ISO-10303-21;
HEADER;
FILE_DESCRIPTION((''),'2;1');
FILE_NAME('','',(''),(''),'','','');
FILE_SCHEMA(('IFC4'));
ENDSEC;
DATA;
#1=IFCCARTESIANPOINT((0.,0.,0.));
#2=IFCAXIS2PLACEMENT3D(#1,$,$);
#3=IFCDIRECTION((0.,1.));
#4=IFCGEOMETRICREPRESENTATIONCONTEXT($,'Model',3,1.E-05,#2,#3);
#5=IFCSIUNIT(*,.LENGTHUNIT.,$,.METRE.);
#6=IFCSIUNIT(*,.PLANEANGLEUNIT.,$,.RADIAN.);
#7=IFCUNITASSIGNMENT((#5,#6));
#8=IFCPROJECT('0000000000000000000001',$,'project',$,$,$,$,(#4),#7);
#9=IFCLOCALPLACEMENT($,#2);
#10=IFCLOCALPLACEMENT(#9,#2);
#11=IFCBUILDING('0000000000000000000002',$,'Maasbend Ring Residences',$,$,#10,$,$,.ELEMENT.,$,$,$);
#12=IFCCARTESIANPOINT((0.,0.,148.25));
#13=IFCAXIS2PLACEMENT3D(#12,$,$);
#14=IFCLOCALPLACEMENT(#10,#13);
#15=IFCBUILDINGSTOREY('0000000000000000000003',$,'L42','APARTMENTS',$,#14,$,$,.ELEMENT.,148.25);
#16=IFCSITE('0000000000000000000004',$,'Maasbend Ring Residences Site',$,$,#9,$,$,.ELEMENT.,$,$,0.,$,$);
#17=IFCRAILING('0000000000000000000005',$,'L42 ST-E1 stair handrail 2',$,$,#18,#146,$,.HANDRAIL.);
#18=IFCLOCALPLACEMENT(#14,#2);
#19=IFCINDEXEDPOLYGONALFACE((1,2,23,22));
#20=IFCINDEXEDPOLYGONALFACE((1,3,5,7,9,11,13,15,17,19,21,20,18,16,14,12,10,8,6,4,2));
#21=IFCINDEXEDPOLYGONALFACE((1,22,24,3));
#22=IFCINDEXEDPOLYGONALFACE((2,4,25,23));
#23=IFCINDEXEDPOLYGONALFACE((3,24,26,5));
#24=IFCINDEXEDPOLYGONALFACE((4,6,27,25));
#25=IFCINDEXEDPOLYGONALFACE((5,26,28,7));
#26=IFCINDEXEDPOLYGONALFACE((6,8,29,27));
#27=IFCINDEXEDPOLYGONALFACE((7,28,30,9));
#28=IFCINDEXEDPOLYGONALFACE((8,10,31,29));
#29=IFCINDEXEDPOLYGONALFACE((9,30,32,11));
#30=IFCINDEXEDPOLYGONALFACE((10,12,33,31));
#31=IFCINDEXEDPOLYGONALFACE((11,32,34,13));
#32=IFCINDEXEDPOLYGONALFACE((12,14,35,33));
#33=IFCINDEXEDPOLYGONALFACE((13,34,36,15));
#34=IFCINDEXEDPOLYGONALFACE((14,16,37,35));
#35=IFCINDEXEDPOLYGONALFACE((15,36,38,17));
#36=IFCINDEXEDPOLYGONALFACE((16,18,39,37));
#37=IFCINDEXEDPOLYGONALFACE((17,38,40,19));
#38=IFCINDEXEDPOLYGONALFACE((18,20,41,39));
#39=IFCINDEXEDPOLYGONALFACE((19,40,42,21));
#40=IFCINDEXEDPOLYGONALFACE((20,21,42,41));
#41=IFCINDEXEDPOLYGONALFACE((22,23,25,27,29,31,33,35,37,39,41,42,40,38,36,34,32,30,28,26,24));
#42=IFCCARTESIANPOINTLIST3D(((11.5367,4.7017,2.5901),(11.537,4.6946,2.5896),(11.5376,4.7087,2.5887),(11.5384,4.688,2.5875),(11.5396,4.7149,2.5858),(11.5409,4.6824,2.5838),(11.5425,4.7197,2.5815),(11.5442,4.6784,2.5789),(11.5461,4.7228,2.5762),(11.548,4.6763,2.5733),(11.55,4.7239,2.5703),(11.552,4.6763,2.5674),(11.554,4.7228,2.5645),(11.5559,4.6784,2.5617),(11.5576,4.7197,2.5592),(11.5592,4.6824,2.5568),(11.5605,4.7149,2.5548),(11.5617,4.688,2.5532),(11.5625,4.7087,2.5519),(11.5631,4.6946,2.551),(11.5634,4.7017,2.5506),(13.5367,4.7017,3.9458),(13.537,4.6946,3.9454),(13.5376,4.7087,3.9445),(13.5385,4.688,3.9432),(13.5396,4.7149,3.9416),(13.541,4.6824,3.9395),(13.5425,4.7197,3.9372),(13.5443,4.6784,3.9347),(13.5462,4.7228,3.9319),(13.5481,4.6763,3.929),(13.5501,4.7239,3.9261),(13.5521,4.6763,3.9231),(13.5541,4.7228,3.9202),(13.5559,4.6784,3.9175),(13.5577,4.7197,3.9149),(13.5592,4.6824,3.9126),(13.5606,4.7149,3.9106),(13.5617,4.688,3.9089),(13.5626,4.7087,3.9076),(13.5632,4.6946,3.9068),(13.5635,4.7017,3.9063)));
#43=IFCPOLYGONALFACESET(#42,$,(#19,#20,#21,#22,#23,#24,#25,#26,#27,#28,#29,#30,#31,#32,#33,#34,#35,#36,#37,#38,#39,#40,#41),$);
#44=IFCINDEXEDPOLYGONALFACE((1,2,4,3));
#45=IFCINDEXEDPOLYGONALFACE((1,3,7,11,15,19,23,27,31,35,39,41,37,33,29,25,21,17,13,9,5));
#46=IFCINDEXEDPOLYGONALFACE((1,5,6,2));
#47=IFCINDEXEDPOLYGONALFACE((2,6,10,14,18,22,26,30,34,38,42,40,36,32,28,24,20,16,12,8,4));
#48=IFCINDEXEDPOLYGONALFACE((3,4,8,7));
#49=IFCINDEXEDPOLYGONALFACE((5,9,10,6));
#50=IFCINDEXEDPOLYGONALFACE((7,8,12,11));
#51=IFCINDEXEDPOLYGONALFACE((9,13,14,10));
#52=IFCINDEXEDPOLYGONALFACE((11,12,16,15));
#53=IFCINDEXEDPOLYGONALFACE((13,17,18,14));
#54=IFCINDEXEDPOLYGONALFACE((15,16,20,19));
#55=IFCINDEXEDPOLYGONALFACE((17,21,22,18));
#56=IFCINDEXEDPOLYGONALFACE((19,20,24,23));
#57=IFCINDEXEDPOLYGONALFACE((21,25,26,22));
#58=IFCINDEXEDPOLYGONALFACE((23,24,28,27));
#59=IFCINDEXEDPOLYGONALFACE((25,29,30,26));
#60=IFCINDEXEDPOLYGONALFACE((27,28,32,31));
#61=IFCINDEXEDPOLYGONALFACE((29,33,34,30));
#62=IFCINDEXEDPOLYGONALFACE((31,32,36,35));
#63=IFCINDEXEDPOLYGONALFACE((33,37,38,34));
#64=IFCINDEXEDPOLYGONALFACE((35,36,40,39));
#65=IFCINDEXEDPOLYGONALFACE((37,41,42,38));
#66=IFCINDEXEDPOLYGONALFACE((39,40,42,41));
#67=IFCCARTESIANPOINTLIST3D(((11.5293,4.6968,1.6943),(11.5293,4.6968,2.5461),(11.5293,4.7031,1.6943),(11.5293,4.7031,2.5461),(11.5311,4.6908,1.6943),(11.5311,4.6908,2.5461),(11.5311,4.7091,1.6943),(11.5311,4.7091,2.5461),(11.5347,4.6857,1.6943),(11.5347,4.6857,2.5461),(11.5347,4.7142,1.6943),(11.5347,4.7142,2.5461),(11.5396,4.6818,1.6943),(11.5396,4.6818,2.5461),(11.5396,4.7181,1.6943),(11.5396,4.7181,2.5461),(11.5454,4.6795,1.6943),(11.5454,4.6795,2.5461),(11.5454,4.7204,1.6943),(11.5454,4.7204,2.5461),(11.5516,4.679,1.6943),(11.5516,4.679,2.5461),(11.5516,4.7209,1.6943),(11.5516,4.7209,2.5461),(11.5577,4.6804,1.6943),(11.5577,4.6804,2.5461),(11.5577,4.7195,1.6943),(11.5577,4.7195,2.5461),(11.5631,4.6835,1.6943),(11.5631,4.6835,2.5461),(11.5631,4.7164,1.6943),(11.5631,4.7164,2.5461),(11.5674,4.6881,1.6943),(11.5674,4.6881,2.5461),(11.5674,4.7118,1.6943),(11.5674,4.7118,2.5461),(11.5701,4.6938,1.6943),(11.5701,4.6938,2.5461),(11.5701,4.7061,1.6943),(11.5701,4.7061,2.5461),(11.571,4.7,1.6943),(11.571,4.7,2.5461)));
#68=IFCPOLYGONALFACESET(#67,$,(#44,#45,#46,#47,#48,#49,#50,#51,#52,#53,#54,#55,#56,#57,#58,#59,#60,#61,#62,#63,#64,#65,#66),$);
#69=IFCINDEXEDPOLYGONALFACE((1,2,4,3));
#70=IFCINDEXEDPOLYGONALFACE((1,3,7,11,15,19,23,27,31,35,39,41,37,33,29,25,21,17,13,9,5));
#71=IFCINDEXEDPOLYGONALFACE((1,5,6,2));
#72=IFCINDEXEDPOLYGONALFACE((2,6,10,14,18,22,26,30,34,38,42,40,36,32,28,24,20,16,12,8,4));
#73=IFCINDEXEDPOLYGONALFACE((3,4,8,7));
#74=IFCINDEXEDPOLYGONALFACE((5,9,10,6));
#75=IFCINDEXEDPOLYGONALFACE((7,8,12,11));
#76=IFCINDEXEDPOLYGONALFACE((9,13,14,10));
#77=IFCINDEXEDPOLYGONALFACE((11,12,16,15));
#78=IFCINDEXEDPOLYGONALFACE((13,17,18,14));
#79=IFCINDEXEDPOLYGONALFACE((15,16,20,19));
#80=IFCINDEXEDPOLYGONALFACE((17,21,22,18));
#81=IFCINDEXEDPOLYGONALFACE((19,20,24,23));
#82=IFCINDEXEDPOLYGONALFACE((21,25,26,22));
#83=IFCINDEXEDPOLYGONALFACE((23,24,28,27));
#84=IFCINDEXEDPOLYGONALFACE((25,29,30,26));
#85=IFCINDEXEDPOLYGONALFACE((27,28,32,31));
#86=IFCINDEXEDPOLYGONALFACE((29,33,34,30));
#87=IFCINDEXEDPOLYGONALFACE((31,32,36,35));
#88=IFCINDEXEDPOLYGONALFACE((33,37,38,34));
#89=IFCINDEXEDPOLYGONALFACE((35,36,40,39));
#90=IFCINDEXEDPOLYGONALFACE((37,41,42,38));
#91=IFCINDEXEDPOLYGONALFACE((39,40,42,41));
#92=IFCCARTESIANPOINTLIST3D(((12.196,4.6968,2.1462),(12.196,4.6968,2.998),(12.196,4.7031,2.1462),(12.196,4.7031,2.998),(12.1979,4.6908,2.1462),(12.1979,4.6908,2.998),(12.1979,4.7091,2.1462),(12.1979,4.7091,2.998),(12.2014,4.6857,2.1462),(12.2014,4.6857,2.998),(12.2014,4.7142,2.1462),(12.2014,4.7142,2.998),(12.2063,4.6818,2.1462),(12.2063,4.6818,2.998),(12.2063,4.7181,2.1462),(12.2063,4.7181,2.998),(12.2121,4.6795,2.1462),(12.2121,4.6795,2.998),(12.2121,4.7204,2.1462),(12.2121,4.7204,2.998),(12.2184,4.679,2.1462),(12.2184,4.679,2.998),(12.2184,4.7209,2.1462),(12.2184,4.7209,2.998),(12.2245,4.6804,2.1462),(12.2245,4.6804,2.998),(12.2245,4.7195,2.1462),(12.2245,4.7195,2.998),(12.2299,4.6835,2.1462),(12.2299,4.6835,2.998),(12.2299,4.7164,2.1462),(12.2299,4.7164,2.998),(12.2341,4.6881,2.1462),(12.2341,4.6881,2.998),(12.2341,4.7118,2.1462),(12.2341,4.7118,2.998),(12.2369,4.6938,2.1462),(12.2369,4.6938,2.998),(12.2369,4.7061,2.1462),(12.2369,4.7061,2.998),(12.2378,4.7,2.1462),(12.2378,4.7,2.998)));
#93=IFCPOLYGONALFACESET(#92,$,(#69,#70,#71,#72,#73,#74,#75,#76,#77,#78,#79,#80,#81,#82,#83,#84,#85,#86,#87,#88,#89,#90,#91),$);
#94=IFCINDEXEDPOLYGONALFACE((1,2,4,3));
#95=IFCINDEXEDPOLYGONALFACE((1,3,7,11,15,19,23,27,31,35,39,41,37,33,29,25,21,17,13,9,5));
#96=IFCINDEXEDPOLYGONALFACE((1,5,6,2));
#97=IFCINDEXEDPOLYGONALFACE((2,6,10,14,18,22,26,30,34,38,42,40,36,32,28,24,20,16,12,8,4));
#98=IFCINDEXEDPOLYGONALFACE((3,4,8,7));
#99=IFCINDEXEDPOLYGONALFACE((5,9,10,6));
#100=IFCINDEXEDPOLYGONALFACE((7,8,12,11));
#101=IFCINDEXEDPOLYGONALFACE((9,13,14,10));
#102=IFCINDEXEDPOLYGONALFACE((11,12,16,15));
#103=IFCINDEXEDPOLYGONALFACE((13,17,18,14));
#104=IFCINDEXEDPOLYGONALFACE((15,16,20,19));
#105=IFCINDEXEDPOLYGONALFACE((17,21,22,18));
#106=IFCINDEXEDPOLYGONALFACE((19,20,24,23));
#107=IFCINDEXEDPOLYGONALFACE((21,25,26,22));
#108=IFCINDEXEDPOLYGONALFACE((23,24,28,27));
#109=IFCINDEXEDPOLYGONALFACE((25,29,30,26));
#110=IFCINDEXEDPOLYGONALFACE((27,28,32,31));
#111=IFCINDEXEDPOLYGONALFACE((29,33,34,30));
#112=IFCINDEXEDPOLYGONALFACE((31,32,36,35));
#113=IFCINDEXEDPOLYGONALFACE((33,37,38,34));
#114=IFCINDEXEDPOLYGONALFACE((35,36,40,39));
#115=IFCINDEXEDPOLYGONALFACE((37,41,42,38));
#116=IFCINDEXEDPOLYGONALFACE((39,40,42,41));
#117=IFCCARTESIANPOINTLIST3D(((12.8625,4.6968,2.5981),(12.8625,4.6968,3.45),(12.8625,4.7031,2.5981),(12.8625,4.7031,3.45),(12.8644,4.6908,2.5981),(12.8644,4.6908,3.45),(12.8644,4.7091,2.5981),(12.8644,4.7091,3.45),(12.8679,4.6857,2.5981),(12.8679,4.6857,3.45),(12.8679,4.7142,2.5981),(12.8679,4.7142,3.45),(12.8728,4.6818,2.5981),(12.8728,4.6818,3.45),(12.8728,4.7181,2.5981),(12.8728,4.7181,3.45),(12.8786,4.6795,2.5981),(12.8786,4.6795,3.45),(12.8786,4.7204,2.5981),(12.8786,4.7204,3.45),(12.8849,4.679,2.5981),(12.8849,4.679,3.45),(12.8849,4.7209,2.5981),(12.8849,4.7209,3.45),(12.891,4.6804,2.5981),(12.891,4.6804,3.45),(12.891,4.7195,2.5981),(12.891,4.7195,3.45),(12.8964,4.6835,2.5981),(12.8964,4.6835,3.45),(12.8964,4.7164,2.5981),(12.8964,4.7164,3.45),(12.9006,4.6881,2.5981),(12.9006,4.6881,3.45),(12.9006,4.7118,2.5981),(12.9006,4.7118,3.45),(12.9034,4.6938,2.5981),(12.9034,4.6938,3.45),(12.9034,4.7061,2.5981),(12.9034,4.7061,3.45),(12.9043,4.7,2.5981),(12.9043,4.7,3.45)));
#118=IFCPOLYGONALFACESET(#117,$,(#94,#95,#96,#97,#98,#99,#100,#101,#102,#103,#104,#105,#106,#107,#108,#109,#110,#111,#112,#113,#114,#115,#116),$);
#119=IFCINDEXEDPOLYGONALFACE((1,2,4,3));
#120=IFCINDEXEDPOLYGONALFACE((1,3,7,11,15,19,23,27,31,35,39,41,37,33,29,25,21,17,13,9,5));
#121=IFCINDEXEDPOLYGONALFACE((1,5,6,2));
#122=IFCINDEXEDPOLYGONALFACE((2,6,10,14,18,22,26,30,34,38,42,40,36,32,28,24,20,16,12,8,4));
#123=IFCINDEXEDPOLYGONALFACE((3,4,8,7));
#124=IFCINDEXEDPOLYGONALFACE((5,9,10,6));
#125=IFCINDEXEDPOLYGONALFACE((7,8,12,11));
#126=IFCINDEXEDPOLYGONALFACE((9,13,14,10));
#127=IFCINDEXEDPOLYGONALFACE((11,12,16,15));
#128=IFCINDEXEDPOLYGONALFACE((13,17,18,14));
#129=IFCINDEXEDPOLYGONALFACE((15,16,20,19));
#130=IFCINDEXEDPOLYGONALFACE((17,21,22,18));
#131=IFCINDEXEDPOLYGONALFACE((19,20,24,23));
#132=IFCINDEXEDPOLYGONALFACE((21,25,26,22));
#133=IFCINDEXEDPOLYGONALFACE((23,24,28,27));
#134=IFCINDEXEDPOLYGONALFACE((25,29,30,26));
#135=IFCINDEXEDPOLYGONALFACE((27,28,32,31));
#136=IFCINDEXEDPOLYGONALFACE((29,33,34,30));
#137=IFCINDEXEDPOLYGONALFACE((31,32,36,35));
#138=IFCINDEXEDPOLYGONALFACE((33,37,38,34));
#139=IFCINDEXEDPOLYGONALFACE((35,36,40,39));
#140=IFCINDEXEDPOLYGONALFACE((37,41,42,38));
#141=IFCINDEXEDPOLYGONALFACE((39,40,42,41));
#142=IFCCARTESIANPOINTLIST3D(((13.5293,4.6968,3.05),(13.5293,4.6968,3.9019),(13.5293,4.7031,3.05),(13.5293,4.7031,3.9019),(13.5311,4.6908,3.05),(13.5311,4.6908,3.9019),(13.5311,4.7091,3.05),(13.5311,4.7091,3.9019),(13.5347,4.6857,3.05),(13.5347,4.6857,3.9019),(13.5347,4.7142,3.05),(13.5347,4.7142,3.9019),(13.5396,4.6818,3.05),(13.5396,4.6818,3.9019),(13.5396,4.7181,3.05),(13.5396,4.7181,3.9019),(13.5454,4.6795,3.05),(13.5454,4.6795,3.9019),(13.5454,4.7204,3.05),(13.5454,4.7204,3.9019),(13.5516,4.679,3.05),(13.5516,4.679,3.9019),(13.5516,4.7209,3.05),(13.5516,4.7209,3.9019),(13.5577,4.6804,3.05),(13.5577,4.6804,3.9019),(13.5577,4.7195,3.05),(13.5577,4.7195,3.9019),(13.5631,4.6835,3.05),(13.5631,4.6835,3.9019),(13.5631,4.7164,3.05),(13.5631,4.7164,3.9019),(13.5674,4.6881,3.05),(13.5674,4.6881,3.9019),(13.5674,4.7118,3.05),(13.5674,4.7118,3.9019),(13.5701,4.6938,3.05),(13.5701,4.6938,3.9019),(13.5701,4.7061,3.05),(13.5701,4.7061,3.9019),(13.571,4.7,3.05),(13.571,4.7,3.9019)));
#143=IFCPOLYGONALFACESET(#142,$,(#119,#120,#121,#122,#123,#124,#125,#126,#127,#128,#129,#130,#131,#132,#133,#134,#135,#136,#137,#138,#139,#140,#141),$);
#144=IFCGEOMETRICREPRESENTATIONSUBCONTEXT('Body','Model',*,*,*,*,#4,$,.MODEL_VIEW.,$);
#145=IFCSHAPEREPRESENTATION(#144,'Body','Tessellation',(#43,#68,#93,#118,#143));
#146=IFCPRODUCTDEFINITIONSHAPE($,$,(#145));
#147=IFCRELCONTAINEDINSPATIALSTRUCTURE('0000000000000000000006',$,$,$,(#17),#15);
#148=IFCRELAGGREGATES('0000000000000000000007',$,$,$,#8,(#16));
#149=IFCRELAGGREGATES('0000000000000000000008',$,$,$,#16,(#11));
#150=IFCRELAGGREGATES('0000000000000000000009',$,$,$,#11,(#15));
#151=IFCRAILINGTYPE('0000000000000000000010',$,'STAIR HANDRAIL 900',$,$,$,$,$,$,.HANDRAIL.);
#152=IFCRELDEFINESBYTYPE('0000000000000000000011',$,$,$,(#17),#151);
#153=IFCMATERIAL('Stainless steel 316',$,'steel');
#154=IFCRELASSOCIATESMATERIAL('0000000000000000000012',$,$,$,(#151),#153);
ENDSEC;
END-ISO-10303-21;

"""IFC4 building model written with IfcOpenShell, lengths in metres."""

from ifc_helpers import new_model, si_unit, direction, frame, origin, origin_2d, place, context, subcontext, project, spatial, circle, extrude, material, type_object, element, save


model = new_model("IFC4")

# Units and contexts
model_context = context("Model", 3, precision=1e-05, world=origin(), true_north=direction((0.0, 1.0)))
body_context = subcontext(model_context, "Body", "Model", "MODEL_VIEW")
ifc_project = project(units=[si_unit("LENGTHUNIT", "METRE"), si_unit("PLANEANGLEUNIT", "RADIAN")], contexts=[model_context])

# Site, building, storey
site_placement = place(None, origin())
site = spatial("IfcSite", under=ifc_project, at=site_placement, Name="Maasbend Ring Residences Site", CompositionType="ELEMENT", RefElevation=0.0)
building_placement = place(site_placement, origin())
building = spatial("IfcBuilding", under=site, at=building_placement, Name="Maasbend Ring Residences", CompositionType="ELEMENT")
storey_placement = place(building_placement, frame((0.0, 0.0, 148.25)))
storey = spatial("IfcBuildingStorey", under=building, at=storey_placement, Name="L42", Description="APARTMENTS", CompositionType="ELEMENT", Elevation=148.25)

# Railing
ifc_material_1 = material(Name="Stainless steel 316", Category="steel")
railing_type_1 = type_object("IfcRailingType", Name="STAIR HANDRAIL 900", PredefinedType="HANDRAIL", material=ifc_material_1)
railing_1_placement = place(storey_placement, frame((11.55, 4.7, 1.6943)))
element("IfcRailing", 1, at=railing_1_placement, inside=storey, type_object=railing_type_1, Name="L42 ST-E1 stair handrail 2", PredefinedType="HANDRAIL", context=body_context, shape_type="SweptSolid", body=[
    extrude(circle(Radius=0.0239, at=origin_2d()), frame((0.0, 0.0, 0.876), z_axis=(0.827751, 0.0, 0.561096), x_axis=(0.0, 1.0, 0.0)), (0.0, 0.0, 1.0), 2.4163),
    extrude(circle(Radius=0.021, at=origin_2d()), origin(), (0.0, 0.0, 1.0), 0.8518),
    extrude(circle(Radius=0.021, at=origin_2d()), frame((0.6667, 0.0, 0.4519)), (0.0, 0.0, 1.0), 0.8518),
    extrude(circle(Radius=0.021, at=origin_2d()), frame((1.3333, 0.0, 0.9038)), (0.0, 0.0, 1.0), 0.8518),
    extrude(circle(Radius=0.021, at=origin_2d()), frame((2.0, 0.0, 1.3557)), (0.0, 0.0, 1.0), 0.8518),
])

save(model, "model.ifc")
